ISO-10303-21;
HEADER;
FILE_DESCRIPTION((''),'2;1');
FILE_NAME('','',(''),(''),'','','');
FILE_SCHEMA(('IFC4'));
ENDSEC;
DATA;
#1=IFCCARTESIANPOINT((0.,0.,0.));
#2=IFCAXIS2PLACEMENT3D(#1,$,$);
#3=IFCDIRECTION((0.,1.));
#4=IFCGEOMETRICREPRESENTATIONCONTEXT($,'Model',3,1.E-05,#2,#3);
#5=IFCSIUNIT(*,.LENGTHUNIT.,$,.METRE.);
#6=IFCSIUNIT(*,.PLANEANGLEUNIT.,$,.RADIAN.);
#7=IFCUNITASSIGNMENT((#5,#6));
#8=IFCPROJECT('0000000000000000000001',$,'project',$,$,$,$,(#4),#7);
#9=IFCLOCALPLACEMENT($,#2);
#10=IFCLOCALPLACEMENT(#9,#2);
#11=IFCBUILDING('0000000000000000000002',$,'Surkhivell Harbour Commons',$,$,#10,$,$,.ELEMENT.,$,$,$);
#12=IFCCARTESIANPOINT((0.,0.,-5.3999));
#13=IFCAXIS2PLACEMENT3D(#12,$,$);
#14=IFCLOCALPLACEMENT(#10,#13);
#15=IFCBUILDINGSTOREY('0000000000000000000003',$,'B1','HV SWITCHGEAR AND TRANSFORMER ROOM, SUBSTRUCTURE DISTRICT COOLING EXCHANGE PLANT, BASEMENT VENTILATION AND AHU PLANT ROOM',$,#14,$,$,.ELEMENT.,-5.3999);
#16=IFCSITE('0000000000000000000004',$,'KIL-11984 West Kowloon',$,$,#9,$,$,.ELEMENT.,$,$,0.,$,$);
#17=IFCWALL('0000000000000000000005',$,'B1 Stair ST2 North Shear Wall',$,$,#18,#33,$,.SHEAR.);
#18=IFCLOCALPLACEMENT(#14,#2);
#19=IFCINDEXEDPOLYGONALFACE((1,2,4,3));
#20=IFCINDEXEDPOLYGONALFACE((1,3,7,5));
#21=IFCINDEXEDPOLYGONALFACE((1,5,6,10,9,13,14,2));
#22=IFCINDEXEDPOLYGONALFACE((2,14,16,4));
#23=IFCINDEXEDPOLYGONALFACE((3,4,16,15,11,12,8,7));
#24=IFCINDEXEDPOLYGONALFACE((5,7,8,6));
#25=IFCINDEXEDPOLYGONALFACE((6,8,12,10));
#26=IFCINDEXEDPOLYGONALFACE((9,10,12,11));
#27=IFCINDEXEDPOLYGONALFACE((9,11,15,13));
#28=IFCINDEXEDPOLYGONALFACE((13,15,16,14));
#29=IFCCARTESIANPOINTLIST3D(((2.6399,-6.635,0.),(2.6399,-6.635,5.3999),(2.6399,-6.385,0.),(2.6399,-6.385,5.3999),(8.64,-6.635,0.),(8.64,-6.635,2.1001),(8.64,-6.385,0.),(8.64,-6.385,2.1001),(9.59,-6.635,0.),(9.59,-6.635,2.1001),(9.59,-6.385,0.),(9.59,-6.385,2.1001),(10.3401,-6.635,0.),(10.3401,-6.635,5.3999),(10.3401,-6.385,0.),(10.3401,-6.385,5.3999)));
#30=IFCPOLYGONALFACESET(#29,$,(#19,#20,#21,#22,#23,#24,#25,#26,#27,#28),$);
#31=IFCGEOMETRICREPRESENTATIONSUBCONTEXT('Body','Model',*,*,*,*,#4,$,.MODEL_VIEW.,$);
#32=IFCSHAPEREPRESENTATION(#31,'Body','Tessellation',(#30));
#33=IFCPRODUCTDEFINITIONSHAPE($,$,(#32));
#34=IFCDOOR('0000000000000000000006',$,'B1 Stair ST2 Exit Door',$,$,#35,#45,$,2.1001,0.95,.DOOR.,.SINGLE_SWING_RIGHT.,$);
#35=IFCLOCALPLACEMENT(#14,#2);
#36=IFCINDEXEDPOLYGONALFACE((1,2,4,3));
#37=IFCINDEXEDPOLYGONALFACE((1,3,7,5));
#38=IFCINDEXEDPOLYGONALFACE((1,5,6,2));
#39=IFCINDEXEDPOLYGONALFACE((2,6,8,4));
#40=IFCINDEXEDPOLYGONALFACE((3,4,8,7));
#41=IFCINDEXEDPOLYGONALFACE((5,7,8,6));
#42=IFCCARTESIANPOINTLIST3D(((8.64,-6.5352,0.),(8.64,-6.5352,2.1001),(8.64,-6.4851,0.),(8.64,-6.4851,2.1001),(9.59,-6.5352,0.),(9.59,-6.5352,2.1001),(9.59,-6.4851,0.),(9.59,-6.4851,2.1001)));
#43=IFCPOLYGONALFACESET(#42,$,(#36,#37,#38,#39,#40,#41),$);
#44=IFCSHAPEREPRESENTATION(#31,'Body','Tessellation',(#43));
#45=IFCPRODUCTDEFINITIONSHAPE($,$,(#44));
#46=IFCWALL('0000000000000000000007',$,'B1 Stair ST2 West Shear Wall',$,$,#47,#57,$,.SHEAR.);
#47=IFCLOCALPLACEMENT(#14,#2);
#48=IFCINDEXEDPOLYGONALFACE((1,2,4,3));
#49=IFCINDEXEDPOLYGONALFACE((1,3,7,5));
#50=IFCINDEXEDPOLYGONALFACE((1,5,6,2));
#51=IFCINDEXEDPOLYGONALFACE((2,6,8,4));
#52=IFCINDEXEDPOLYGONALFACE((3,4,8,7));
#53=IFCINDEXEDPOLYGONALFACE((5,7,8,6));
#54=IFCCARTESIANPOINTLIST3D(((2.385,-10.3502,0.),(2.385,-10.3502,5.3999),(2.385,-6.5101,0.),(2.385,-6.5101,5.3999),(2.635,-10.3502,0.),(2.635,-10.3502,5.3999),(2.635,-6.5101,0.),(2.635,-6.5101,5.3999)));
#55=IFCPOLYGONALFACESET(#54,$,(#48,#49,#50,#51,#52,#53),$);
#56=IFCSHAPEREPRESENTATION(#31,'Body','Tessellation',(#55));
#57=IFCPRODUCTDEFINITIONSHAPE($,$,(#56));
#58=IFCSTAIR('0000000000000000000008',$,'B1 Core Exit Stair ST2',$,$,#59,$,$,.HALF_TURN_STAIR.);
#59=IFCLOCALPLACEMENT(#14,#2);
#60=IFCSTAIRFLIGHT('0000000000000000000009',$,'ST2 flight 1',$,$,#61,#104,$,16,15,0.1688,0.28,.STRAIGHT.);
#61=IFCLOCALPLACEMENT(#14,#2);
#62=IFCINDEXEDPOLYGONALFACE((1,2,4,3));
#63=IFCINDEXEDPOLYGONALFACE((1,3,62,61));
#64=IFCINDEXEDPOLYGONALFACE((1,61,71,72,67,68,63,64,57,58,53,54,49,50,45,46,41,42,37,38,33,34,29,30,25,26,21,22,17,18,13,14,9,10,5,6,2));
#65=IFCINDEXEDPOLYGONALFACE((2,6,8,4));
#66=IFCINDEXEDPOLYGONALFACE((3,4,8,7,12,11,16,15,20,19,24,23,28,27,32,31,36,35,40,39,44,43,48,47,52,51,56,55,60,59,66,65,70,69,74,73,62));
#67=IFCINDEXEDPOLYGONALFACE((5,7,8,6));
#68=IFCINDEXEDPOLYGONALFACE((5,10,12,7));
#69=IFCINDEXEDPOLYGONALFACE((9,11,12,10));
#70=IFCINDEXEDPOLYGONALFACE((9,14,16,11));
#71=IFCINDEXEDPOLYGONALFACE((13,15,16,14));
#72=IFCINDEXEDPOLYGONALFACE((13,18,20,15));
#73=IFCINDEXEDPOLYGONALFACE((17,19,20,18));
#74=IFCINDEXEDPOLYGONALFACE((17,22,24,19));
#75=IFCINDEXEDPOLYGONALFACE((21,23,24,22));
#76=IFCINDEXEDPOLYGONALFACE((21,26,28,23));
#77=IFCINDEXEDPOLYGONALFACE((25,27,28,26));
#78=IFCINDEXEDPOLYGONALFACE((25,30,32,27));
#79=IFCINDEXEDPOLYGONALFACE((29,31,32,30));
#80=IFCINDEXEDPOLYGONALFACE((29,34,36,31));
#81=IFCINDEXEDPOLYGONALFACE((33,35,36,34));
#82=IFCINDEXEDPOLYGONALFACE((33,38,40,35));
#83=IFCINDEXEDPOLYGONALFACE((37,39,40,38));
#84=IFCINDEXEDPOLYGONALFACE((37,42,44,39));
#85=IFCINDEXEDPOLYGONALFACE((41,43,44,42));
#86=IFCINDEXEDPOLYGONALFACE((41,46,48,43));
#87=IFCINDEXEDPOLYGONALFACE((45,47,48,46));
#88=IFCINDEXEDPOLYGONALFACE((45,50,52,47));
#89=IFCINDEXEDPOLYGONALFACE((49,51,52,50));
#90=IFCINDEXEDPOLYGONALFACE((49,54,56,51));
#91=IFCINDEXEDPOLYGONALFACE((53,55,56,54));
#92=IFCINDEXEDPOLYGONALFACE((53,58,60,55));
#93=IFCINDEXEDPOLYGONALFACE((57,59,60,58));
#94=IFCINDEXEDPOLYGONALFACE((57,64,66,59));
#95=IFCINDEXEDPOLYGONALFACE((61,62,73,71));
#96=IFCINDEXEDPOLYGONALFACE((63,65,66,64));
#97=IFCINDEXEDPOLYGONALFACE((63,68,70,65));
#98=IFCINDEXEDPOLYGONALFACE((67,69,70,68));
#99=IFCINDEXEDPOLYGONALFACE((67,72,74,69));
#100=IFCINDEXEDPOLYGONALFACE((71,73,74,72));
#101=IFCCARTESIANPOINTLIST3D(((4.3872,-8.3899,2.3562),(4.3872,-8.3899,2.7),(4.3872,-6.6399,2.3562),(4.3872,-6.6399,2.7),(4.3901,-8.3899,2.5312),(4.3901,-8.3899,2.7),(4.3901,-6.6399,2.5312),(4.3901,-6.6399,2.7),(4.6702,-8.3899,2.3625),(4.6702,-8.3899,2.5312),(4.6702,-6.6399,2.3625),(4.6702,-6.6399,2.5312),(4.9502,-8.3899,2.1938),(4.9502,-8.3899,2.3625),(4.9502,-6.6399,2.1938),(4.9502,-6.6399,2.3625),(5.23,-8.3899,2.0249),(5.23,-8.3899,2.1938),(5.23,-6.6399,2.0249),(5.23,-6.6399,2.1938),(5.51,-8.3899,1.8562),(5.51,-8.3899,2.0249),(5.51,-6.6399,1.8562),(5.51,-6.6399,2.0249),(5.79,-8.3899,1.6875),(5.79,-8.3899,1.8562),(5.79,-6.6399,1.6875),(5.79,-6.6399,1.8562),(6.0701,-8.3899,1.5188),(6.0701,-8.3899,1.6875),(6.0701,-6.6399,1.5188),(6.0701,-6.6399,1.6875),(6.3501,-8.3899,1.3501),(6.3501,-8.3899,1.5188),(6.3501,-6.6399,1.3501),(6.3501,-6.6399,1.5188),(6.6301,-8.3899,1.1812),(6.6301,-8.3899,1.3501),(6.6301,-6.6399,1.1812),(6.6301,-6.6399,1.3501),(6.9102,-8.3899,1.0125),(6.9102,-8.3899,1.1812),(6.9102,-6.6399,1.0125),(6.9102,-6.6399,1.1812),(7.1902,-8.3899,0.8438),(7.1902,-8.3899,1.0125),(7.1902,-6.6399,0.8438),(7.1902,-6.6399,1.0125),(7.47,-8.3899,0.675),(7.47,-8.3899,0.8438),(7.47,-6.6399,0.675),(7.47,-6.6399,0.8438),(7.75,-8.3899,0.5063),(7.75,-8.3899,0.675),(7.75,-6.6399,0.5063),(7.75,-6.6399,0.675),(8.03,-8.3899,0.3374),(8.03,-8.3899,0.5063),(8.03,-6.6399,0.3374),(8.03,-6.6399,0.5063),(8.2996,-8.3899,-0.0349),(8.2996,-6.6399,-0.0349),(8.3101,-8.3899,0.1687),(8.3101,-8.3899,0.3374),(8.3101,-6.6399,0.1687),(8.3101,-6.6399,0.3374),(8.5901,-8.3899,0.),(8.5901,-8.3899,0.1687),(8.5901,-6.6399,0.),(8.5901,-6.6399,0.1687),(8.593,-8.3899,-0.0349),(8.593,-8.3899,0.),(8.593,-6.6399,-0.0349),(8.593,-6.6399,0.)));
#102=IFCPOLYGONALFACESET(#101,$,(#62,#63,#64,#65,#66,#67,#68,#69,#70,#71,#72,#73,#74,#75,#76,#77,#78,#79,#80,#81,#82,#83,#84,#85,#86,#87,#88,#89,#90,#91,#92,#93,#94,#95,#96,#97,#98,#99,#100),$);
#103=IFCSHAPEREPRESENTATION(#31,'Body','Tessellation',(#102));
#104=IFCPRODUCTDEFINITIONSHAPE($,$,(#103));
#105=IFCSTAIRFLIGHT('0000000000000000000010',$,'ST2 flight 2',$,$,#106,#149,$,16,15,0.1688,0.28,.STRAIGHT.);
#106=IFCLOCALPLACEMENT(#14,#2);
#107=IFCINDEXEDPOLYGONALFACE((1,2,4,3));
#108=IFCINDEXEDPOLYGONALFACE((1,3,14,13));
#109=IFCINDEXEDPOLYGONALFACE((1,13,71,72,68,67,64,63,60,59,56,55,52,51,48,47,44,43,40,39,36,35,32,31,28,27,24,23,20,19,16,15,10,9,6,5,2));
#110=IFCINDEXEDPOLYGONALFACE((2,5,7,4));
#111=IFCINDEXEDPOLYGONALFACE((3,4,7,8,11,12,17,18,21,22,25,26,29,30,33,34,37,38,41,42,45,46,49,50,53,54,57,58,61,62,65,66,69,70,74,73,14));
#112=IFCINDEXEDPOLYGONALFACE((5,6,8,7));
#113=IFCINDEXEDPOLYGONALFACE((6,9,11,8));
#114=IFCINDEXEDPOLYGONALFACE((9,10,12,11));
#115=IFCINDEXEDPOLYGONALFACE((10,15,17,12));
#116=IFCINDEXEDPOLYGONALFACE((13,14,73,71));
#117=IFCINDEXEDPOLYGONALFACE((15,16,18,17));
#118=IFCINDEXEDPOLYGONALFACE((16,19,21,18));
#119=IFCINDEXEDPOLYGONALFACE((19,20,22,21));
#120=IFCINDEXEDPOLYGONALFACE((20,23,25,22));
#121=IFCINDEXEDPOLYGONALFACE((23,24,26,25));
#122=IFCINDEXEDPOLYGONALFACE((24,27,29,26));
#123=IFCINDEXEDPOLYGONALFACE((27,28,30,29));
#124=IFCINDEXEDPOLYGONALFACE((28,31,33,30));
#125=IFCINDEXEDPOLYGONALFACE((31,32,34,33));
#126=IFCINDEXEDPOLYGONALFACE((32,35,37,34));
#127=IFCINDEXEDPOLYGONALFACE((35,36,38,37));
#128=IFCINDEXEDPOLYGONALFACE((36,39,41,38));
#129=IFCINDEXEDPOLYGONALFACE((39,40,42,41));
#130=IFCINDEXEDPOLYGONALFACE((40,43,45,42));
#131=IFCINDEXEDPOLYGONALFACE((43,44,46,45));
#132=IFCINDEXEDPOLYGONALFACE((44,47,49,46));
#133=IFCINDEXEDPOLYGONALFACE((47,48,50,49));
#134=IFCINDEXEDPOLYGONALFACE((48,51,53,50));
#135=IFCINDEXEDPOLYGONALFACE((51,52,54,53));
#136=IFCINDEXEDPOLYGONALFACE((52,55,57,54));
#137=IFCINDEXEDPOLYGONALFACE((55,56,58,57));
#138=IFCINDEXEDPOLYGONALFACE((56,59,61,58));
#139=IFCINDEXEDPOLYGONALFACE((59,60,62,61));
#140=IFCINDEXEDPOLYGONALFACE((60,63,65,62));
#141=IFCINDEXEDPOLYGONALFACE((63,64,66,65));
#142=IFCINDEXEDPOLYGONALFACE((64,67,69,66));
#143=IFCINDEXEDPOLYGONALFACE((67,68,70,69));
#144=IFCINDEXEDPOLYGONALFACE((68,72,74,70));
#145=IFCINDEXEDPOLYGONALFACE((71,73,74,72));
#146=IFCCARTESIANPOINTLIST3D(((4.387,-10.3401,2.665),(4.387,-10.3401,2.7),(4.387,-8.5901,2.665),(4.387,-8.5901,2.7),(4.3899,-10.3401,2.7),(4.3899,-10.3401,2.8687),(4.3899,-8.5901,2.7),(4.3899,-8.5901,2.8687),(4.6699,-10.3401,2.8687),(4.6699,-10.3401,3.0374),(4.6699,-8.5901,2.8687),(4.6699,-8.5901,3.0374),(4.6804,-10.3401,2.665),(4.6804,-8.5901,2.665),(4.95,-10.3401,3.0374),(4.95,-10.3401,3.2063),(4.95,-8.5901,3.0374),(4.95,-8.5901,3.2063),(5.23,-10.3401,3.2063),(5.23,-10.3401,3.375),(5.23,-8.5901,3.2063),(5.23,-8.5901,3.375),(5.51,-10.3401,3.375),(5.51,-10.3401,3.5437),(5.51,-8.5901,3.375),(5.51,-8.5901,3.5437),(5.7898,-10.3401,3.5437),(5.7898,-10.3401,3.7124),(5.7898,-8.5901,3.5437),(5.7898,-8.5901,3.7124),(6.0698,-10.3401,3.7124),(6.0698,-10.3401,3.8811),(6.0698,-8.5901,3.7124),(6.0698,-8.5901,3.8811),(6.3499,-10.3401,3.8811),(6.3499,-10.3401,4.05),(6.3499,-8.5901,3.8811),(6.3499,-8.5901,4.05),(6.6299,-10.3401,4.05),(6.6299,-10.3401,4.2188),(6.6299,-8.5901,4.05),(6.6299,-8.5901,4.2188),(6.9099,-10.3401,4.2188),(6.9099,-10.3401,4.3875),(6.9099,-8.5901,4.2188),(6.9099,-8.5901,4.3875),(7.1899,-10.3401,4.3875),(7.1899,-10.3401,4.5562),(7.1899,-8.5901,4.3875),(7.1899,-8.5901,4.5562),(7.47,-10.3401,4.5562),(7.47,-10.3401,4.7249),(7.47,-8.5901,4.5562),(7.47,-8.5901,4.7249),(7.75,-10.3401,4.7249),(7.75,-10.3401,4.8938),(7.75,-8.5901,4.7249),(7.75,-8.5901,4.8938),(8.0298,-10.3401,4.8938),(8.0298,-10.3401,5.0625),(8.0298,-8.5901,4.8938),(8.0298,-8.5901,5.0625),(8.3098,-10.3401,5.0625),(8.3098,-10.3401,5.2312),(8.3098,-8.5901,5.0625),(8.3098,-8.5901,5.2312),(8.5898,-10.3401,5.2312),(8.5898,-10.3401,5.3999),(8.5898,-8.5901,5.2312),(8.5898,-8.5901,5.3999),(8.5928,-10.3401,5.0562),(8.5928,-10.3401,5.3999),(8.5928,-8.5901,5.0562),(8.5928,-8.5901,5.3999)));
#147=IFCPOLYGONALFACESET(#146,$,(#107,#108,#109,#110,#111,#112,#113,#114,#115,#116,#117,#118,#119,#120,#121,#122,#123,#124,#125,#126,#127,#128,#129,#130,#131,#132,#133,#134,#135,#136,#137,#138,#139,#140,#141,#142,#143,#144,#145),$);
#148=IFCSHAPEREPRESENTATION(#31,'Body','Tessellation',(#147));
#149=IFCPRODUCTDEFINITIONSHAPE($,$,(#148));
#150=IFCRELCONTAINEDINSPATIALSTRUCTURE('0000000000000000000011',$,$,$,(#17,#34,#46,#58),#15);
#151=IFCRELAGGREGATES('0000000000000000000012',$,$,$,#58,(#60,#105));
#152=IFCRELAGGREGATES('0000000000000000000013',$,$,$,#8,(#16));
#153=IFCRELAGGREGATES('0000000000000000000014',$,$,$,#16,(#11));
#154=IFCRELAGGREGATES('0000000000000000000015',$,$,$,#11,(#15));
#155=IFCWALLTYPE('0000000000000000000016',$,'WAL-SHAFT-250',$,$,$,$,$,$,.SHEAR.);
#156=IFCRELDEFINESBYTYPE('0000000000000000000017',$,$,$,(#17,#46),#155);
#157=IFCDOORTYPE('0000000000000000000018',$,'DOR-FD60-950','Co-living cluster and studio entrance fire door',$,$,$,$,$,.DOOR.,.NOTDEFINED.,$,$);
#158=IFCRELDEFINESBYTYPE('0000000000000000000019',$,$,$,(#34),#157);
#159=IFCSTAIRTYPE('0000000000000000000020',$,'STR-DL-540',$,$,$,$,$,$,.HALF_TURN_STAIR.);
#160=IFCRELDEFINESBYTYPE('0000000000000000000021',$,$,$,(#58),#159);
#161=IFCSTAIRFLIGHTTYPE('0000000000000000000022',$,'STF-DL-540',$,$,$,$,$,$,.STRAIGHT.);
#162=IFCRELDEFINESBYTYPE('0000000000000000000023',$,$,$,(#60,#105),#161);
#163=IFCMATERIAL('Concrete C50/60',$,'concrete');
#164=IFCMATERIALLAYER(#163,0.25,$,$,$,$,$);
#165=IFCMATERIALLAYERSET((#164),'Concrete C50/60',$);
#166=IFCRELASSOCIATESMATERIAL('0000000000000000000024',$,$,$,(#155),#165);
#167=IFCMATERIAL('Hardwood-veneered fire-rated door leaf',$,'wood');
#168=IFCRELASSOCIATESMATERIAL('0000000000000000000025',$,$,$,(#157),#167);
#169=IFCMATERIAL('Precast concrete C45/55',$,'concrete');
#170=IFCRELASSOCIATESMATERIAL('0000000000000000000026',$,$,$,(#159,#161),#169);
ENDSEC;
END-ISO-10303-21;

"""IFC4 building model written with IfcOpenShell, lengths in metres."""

from ifc_helpers import new_model, si_unit, direction, frame, frame_2d, origin, place, context, subcontext, project, spatial, polyline, rectangle, outline, extrude, material, layer, layer_set, type_object, element, fill, aggregate, save


model = new_model("IFC4")

# Units and contexts
model_context = context("Model", 3, precision=1e-05, world=origin(), true_north=direction((0.0, 1.0)))
body_context = subcontext(model_context, "Body", "Model", "MODEL_VIEW")
ifc_project = project(units=[si_unit("LENGTHUNIT", "METRE"), si_unit("PLANEANGLEUNIT", "RADIAN")], contexts=[model_context])

# Site, building, storey
site_placement = place(None, origin())
site = spatial("IfcSite", under=ifc_project, at=site_placement, Name="KIL-11984 West Kowloon", CompositionType="ELEMENT", RefElevation=0.0)
building_placement = place(site_placement, origin())
building = spatial("IfcBuilding", under=site, at=building_placement, Name="Surkhivell Harbour Commons", CompositionType="ELEMENT")
storey_placement = place(building_placement, frame((0.0, 0.0, -5.3999)))
storey = spatial("IfcBuildingStorey", under=building, at=storey_placement, Name="B1", Description="HV SWITCHGEAR AND TRANSFORMER ROOM, SUBSTRUCTURE DISTRICT COOLING EXCHANGE PLANT, BASEMENT VENTILATION AND AHU PLANT ROOM", CompositionType="ELEMENT", Elevation=-5.3999)

# Shared definitions
ifc_material_1 = material(Name="Hardwood-veneered fire-rated door leaf", Category="wood")

# Shared definitions
ifc_material_2 = material(Name="Concrete C50/60", Category="concrete")
ifc_layer_1 = layer(ifc_material_2, 0.25)
ifc_layer_set_1 = layer_set([ifc_layer_1], Name="Concrete C50/60")
wall_type_1 = type_object("IfcWallType", Name="WAL-SHAFT-250", PredefinedType="SHEAR", material=ifc_layer_set_1)

# Wall, opening, door
wall_1_placement = place(storey_placement, frame((2.6399, -6.51, 0.0), z_axis=(0.0, 0.0, 1.0), x_axis=(1.0, 0.0, 0.0)))
wall_1 = element("IfcWall", 1, at=wall_1_placement, inside=storey, type_object=wall_type_1, Name="B1 Stair ST2 North Shear Wall", PredefinedType="SHEAR", context=body_context, shape_type="SweptSolid", body=[
    extrude(rectangle(XDim=7.7002, YDim=0.25, at=frame_2d((3.8501, 0.0))), origin(), (0.0, 0.0, 1.0), 5.3999),
])
opening_1_placement = place(wall_1_placement, frame((6.0, 0.0, 0.0)))
opening_1 = element("IfcOpeningElement", 2, at=opening_1_placement, cuts=wall_1, PredefinedType="OPENING", context=body_context, shape_type="SweptSolid", body=[
    extrude(rectangle(XDim=0.95, YDim=2.1001, at=frame_2d((0.4751, 1.05))), frame((0.0, 0.135, 0.0), z_axis=(0.0, -1.0, 0.0), x_axis=(1.0, 0.0, 0.0)), (0.0, 0.0, 1.0), 0.27),
])
door_type_1 = type_object("IfcDoorType", Name="DOR-FD60-950", Description="Co-living cluster and studio entrance fire door", OperationType="NOTDEFINED", PredefinedType="DOOR", material=ifc_material_1)
door_1_placement = place(opening_1_placement, origin())
door_1 = element("IfcDoor", 3, at=door_1_placement, inside=storey, type_object=door_type_1, Name="B1 Stair ST2 Exit Door", OperationType="SINGLE_SWING_RIGHT", OverallHeight=2.1001, OverallWidth=0.95, PredefinedType="DOOR", context=body_context, shape_type="SweptSolid", body=[
    extrude(rectangle(XDim=0.95, YDim=2.1001, at=frame_2d((0.4751, 1.05))), frame((0.0, 0.0249, 0.0), z_axis=(0.0, -1.0, 0.0), x_axis=(1.0, 0.0, 0.0)), (0.0, 0.0, 1.0), 0.05),
])
fill(opening_1, door_1)

# Wall
wall_2_placement = place(storey_placement, frame((2.51, -10.3501, 0.0), z_axis=(0.0, 0.0, 1.0), x_axis=(0.0, 1.0, 0.0)))
element("IfcWall", 4, at=wall_2_placement, inside=storey, type_object=wall_type_1, Name="B1 Stair ST2 West Shear Wall", PredefinedType="SHEAR", context=body_context, shape_type="SweptSolid", body=[
    extrude(rectangle(XDim=3.8401, YDim=0.25, at=frame_2d((1.9199, 0.0))), origin(), (0.0, 0.0, 1.0), 5.3999),
])

# Stair, stair flights
ifc_material_3 = material(Name="Precast concrete C45/55", Category="concrete")
stair_type = type_object("IfcStairType", Name="STR-DL-540", PredefinedType="HALF_TURN_STAIR", material=ifc_material_3)
stair_placement = place(storey_placement, origin())
stair = element("IfcStair", 5, at=stair_placement, inside=storey, type_object=stair_type, Name="B1 Core Exit Stair ST2", PredefinedType="HALF_TURN_STAIR")
stair_flight_type = type_object("IfcStairFlightType", Name="STF-DL-540", PredefinedType="STRAIGHT", material=ifc_material_3)
stair_flight_1_placement = place(storey_placement, frame((8.5901, -7.5149, 0.0), z_axis=(0.0, 0.0, 1.0), x_axis=(-1.0, 0.0, 0.0)))
stair_flight_1 = element("IfcStairFlight", 6, at=stair_flight_1_placement, type_object=stair_flight_type, Name="ST2 flight 1", NumberOfRisers=16, NumberOfTreads=15, PredefinedType="STRAIGHT", RiserHeight=0.1688, TreadLength=0.28, context=body_context, shape_type="SweptSolid", body=[
    extrude(outline(polyline([(-0.0029, -0.0349), (-0.0029, 0.0), (0.0, 0.0), (0.0, 0.1687), (0.28, 0.1687), (0.28, 0.3374), (0.5601, 0.3374), (0.5601, 0.5063), (0.8401, 0.5063), (0.8401, 0.675), (1.1201, 0.675), (1.1201, 0.8438), (1.3999, 0.8438), (1.3999, 1.0125), (1.6799, 1.0125), (1.6799, 1.1812), (1.96, 1.1812), (1.96, 1.3501), (2.24, 1.3501), (2.24, 1.5188), (2.52, 1.5188), (2.52, 1.6875), (2.8, 1.6875), (2.8, 1.8562), (3.0801, 1.8562), (3.0801, 2.0249), (3.3601, 2.0249), (3.3601, 2.1938), (3.6399, 2.1938), (3.6399, 2.3625), (3.9199, 2.3625), (3.9199, 2.5312), (4.2, 2.5312), (4.2, 2.7), (4.2029, 2.7), (4.2029, 2.3562), (0.2905, -0.0349), (-0.0029, -0.0349)])), frame((0.0, 0.875, 0.0), z_axis=(0.0, -1.0, 0.0), x_axis=(1.0, 0.0, 0.0)), (0.0, 0.0, 1.0), 1.75),
])
stair_flight_2_placement = place(storey_placement, frame((4.3899, -9.4651, 2.7), z_axis=(0.0, 0.0, 1.0), x_axis=(1.0, 0.0, 0.0)))
stair_flight_2 = element("IfcStairFlight", 7, at=stair_flight_2_placement, type_object=stair_flight_type, Name="ST2 flight 2", NumberOfRisers=16, NumberOfTreads=15, PredefinedType="STRAIGHT", RiserHeight=0.1688, TreadLength=0.28, context=body_context, shape_type="SweptSolid", body=[
    extrude(outline(polyline([(-0.0029, -0.0349), (-0.0029, 0.0), (0.0, 0.0), (0.0, 0.1687), (0.28, 0.1687), (0.28, 0.3374), (0.5601, 0.3374), (0.5601, 0.5063), (0.8401, 0.5063), (0.8401, 0.675), (1.1201, 0.675), (1.1201, 0.8438), (1.3999, 0.8438), (1.3999, 1.0125), (1.6799, 1.0125), (1.6799, 1.1812), (1.96, 1.1812), (1.96, 1.3501), (2.24, 1.3501), (2.24, 1.5188), (2.52, 1.5188), (2.52, 1.6875), (2.8, 1.6875), (2.8, 1.8562), (3.0801, 1.8562), (3.0801, 2.0249), (3.3601, 2.0249), (3.3601, 2.1938), (3.6399, 2.1938), (3.6399, 2.3625), (3.9199, 2.3625), (3.9199, 2.5312), (4.2, 2.5312), (4.2, 2.7), (4.2029, 2.7), (4.2029, 2.3562), (0.2905, -0.0349), (-0.0029, -0.0349)])), frame((0.0, 0.875, 0.0), z_axis=(0.0, -1.0, 0.0), x_axis=(1.0, 0.0, 0.0)), (0.0, 0.0, 1.0), 1.75),
])
aggregate(stair, [stair_flight_1, stair_flight_2])

save(model, "model.ifc")
